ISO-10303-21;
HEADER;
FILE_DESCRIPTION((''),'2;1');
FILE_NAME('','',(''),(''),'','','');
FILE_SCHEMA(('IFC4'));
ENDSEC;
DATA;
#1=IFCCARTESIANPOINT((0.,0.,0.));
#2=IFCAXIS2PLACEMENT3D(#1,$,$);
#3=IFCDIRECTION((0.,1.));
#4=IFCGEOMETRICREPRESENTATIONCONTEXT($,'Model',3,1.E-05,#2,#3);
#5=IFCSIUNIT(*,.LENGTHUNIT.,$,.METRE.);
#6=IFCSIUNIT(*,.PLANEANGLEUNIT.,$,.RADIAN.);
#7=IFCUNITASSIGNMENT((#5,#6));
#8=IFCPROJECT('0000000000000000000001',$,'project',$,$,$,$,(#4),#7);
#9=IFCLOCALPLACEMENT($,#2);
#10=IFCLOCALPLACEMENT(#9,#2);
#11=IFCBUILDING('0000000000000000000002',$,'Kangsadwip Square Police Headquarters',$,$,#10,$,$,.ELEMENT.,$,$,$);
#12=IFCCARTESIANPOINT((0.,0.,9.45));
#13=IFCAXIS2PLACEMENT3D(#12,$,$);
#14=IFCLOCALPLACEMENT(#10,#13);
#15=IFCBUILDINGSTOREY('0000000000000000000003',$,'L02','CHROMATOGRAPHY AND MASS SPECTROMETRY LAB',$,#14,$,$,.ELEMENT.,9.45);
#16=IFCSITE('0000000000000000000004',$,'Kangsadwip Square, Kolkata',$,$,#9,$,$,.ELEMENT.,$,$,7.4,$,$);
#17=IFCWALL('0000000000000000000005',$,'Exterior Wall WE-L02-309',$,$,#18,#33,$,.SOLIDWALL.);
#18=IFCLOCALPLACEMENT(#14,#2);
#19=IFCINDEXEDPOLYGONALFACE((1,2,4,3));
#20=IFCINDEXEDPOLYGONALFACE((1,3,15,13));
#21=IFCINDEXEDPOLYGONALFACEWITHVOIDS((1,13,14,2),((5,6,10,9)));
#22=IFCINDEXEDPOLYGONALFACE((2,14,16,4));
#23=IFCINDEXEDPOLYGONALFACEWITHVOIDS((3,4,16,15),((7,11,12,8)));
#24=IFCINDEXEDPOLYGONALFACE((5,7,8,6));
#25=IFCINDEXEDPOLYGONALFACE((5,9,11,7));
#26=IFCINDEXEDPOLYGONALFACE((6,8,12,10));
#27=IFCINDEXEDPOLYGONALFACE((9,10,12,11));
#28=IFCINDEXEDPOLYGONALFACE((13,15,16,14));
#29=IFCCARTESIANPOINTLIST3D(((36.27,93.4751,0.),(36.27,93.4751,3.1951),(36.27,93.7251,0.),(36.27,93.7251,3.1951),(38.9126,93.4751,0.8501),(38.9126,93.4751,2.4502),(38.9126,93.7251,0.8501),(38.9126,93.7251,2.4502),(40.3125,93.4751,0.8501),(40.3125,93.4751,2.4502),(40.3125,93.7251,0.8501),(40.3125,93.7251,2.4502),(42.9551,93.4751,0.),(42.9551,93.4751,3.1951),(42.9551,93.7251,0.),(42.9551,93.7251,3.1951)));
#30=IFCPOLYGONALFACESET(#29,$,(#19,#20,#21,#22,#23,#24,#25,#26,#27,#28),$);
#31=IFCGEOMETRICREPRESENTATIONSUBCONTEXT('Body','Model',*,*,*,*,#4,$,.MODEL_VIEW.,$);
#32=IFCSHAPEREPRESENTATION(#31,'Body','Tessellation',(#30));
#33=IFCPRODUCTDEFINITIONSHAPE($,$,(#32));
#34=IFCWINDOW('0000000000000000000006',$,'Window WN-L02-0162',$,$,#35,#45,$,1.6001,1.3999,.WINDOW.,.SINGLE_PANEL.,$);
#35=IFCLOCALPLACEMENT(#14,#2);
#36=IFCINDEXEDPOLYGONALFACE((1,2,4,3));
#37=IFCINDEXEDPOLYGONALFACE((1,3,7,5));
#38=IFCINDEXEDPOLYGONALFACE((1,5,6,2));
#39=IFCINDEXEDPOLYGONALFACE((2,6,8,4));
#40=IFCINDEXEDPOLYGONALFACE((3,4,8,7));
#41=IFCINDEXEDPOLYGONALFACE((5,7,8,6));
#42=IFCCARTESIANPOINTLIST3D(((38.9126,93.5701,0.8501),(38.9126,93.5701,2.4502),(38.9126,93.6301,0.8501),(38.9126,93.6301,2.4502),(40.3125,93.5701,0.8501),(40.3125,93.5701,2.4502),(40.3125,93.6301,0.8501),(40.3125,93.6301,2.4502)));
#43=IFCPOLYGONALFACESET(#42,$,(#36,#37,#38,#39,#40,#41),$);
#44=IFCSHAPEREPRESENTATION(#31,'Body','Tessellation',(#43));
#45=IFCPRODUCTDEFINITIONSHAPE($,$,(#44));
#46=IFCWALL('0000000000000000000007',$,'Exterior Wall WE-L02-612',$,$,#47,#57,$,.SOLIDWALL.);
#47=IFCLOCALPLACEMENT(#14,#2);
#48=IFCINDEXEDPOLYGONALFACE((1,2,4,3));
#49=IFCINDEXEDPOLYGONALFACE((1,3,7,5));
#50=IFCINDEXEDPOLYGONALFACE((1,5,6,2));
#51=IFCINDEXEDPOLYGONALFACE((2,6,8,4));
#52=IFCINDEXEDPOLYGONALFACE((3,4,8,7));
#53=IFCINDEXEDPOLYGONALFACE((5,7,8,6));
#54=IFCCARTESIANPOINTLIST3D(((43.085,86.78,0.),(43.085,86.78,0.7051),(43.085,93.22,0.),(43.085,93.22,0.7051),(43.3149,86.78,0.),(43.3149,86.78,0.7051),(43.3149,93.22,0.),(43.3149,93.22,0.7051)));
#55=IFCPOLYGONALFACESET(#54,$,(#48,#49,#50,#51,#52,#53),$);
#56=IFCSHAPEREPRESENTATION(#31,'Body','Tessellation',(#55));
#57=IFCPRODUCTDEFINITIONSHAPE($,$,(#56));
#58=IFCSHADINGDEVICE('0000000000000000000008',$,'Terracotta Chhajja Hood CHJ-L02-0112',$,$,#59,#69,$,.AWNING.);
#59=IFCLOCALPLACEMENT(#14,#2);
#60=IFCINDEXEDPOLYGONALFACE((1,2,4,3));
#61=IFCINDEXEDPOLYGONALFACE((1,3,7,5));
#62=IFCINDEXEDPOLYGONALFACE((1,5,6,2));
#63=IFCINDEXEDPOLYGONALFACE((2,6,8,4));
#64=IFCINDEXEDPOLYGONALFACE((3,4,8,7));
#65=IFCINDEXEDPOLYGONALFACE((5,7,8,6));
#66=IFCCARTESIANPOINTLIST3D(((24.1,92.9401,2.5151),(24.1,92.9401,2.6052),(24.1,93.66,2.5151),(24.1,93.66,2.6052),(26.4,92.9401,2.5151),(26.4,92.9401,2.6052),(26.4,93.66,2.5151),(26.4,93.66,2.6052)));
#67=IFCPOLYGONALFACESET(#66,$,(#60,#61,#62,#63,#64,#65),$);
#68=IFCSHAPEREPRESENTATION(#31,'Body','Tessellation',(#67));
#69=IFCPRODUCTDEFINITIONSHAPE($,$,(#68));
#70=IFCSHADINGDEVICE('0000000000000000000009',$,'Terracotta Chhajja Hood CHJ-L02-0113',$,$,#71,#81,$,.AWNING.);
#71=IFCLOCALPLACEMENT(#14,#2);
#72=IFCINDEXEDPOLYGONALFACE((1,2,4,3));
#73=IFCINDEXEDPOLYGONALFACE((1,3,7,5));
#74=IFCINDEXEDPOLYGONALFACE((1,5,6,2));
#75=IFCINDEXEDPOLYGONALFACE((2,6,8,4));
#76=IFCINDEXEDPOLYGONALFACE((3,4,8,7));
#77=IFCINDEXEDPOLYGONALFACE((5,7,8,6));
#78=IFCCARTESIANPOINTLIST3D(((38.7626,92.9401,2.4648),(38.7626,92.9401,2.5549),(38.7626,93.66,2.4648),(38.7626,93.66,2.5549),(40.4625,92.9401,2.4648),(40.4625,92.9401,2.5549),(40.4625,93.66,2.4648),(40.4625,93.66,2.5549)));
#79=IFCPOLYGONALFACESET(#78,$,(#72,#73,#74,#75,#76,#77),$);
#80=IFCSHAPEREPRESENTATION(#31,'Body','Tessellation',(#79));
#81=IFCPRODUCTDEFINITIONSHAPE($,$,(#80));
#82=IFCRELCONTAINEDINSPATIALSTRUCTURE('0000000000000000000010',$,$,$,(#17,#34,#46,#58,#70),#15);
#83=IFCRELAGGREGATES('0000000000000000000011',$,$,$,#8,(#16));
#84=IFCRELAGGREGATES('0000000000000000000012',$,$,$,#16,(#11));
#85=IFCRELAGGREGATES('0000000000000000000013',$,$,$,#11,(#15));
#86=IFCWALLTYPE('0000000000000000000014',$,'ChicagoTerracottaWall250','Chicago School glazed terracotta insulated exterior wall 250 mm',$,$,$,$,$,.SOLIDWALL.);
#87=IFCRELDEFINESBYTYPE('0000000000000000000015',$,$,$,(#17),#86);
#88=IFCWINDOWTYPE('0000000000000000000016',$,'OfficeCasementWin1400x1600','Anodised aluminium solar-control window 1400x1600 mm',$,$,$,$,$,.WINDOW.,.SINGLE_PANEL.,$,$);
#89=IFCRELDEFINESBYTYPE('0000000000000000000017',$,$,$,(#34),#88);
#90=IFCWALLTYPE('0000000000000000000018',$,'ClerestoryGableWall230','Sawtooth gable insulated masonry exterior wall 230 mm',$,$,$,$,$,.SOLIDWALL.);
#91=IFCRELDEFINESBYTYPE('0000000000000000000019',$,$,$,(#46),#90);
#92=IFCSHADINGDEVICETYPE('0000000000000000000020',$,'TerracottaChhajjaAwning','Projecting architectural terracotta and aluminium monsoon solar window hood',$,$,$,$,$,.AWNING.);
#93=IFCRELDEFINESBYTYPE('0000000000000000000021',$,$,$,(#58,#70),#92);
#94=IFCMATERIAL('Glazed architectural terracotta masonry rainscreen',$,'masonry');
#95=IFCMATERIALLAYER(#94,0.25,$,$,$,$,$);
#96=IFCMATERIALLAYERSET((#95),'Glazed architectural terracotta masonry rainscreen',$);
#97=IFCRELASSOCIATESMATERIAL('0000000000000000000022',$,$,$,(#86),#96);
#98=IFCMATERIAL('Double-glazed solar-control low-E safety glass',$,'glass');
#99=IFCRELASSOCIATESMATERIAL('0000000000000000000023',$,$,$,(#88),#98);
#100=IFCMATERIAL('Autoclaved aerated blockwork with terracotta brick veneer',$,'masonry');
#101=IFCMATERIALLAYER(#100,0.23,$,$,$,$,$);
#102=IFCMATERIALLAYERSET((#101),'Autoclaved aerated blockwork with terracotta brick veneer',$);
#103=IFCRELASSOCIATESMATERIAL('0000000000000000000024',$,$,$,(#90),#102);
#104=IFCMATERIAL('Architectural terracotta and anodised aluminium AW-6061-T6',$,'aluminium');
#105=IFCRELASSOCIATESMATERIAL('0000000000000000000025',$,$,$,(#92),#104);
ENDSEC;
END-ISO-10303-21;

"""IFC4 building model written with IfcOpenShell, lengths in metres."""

from ifc_helpers import new_model, si_unit, direction, frame, frame_2d, origin, origin_2d, place, context, subcontext, project, spatial, rectangle, extrude, material, layer, layer_set, type_object, element, fill, save


model = new_model("IFC4")

# Units and contexts
model_context = context("Model", 3, precision=1e-05, world=origin(), true_north=direction((0.0, 1.0)))
body_context = subcontext(model_context, "Body", "Model", "MODEL_VIEW")
ifc_project = project(units=[si_unit("LENGTHUNIT", "METRE"), si_unit("PLANEANGLEUNIT", "RADIAN")], contexts=[model_context])

# Site, building, storey
site_placement = place(None, origin())
site = spatial("IfcSite", under=ifc_project, at=site_placement, Name="Kangsadwip Square, Kolkata", CompositionType="ELEMENT", RefElevation=7.4)
building_placement = place(site_placement, origin())
building = spatial("IfcBuilding", under=site, at=building_placement, Name="Kangsadwip Square Police Headquarters", CompositionType="ELEMENT")
storey_placement = place(building_placement, frame((0.0, 0.0, 9.45)))
storey = spatial("IfcBuildingStorey", under=building, at=storey_placement, Name="L02", Description="CHROMATOGRAPHY AND MASS SPECTROMETRY LAB", CompositionType="ELEMENT", Elevation=9.45)

# Wall, opening, window
ifc_material_1 = material(Name="Glazed architectural terracotta masonry rainscreen", Category="masonry")
ifc_layer_1 = layer(ifc_material_1, 0.25)
ifc_layer_set_1 = layer_set([ifc_layer_1], Name="Glazed architectural terracotta masonry rainscreen")
wall_type_1 = type_object("IfcWallType", Name="ChicagoTerracottaWall250", Description="Chicago School glazed terracotta insulated exterior wall 250 mm", PredefinedType="SOLIDWALL", material=ifc_layer_set_1)
wall_1_placement = place(storey_placement, frame((36.27, 93.6001, 0.0), z_axis=(0.0, 0.0, 1.0), x_axis=(1.0, 0.0, 0.0)))
wall_1 = element("IfcWall", 1, at=wall_1_placement, inside=storey, type_object=wall_type_1, Name="Exterior Wall WE-L02-309", PredefinedType="SOLIDWALL", context=body_context, shape_type="SweptSolid", body=[
    extrude(rectangle(XDim=6.6851, YDim=0.25, at=frame_2d((3.3425, 0.0))), origin(), (0.0, 0.0, 1.0), 3.1951),
])
opening_1_placement = place(wall_1_placement, frame((2.6426, 0.0, 0.8501)))
opening_1 = element("IfcOpeningElement", 2, at=opening_1_placement, cuts=wall_1, PredefinedType="OPENING", context=body_context, shape_type="SweptSolid", body=[
    extrude(rectangle(XDim=1.3999, YDim=1.6001, at=frame_2d((0.7, 0.8))), frame((0.0, 0.135, 0.0), z_axis=(0.0, -1.0, 0.0), x_axis=(1.0, 0.0, 0.0)), (0.0, 0.0, 1.0), 0.27),
])
ifc_material_2 = material(Name="Double-glazed solar-control low-E safety glass", Category="glass")
window_type_1 = type_object("IfcWindowType", Name="OfficeCasementWin1400x1600", Description="Anodised aluminium solar-control window 1400x1600 mm", PartitioningType="SINGLE_PANEL", PredefinedType="WINDOW", material=ifc_material_2)
window_1_placement = place(opening_1_placement, origin())
window_1 = element("IfcWindow", 3, at=window_1_placement, inside=storey, type_object=window_type_1, Name="Window WN-L02-0162", OverallHeight=1.6001, OverallWidth=1.3999, PartitioningType="SINGLE_PANEL", PredefinedType="WINDOW", context=body_context, shape_type="SweptSolid", body=[
    extrude(rectangle(XDim=1.3999, YDim=1.6001, at=frame_2d((0.7, 0.8))), frame((0.0, 0.03, 0.0), z_axis=(0.0, -1.0, 0.0), x_axis=(1.0, 0.0, 0.0)), (0.0, 0.0, 1.0), 0.0601),
])
fill(opening_1, window_1)

# Wall
ifc_material_3 = material(Name="Autoclaved aerated blockwork with terracotta brick veneer", Category="masonry")
ifc_layer_2 = layer(ifc_material_3, 0.23)
ifc_layer_set_2 = layer_set([ifc_layer_2], Name="Autoclaved aerated blockwork with terracotta brick veneer")
wall_type_2 = type_object("IfcWallType", Name="ClerestoryGableWall230", Description="Sawtooth gable insulated masonry exterior wall 230 mm", PredefinedType="SOLIDWALL", material=ifc_layer_set_2)
wall_2_placement = place(storey_placement, frame((43.2, 86.78, 0.0), z_axis=(0.0, 0.0, 1.0), x_axis=(0.0, 1.0, 0.0)))
element("IfcWall", 4, at=wall_2_placement, inside=storey, type_object=wall_type_2, Name="Exterior Wall WE-L02-612", PredefinedType="SOLIDWALL", context=body_context, shape_type="SweptSolid", body=[
    extrude(rectangle(XDim=6.4399, YDim=0.23, at=frame_2d((3.22, 0.0))), origin(), (0.0, 0.0, 1.0), 0.7051),
])

# Shading devices
ifc_material_4 = material(Name="Architectural terracotta and anodised aluminium AW-6061-T6", Category="aluminium")
shading_device_type = type_object("IfcShadingDeviceType", Name="TerracottaChhajjaAwning", Description="Projecting architectural terracotta and aluminium monsoon solar window hood", PredefinedType="AWNING", material=ifc_material_4)
shading_device_1_placement = place(storey_placement, frame((25.25, 93.3, 2.5151), z_axis=(0.0, 0.0, 1.0), x_axis=(1.0, 0.0, 0.0)))
element("IfcShadingDevice", 5, at=shading_device_1_placement, inside=storey, type_object=shading_device_type, Name="Terracotta Chhajja Hood CHJ-L02-0112", PredefinedType="AWNING", context=body_context, shape_type="SweptSolid", body=[
    extrude(rectangle(XDim=2.3, YDim=0.72, at=origin_2d()), origin(), (0.0, 0.0, 1.0), 0.0901),
])
shading_device_2_placement = place(storey_placement, frame((39.6125, 93.3, 2.4648), z_axis=(0.0, 0.0, 1.0), x_axis=(1.0, 0.0, 0.0)))
element("IfcShadingDevice", 6, at=shading_device_2_placement, inside=storey, type_object=shading_device_type, Name="Terracotta Chhajja Hood CHJ-L02-0113", PredefinedType="AWNING", context=body_context, shape_type="SweptSolid", body=[
    extrude(rectangle(XDim=1.7, YDim=0.72, at=origin_2d()), origin(), (0.0, 0.0, 1.0), 0.0901),
])

save(model, "model.ifc")
